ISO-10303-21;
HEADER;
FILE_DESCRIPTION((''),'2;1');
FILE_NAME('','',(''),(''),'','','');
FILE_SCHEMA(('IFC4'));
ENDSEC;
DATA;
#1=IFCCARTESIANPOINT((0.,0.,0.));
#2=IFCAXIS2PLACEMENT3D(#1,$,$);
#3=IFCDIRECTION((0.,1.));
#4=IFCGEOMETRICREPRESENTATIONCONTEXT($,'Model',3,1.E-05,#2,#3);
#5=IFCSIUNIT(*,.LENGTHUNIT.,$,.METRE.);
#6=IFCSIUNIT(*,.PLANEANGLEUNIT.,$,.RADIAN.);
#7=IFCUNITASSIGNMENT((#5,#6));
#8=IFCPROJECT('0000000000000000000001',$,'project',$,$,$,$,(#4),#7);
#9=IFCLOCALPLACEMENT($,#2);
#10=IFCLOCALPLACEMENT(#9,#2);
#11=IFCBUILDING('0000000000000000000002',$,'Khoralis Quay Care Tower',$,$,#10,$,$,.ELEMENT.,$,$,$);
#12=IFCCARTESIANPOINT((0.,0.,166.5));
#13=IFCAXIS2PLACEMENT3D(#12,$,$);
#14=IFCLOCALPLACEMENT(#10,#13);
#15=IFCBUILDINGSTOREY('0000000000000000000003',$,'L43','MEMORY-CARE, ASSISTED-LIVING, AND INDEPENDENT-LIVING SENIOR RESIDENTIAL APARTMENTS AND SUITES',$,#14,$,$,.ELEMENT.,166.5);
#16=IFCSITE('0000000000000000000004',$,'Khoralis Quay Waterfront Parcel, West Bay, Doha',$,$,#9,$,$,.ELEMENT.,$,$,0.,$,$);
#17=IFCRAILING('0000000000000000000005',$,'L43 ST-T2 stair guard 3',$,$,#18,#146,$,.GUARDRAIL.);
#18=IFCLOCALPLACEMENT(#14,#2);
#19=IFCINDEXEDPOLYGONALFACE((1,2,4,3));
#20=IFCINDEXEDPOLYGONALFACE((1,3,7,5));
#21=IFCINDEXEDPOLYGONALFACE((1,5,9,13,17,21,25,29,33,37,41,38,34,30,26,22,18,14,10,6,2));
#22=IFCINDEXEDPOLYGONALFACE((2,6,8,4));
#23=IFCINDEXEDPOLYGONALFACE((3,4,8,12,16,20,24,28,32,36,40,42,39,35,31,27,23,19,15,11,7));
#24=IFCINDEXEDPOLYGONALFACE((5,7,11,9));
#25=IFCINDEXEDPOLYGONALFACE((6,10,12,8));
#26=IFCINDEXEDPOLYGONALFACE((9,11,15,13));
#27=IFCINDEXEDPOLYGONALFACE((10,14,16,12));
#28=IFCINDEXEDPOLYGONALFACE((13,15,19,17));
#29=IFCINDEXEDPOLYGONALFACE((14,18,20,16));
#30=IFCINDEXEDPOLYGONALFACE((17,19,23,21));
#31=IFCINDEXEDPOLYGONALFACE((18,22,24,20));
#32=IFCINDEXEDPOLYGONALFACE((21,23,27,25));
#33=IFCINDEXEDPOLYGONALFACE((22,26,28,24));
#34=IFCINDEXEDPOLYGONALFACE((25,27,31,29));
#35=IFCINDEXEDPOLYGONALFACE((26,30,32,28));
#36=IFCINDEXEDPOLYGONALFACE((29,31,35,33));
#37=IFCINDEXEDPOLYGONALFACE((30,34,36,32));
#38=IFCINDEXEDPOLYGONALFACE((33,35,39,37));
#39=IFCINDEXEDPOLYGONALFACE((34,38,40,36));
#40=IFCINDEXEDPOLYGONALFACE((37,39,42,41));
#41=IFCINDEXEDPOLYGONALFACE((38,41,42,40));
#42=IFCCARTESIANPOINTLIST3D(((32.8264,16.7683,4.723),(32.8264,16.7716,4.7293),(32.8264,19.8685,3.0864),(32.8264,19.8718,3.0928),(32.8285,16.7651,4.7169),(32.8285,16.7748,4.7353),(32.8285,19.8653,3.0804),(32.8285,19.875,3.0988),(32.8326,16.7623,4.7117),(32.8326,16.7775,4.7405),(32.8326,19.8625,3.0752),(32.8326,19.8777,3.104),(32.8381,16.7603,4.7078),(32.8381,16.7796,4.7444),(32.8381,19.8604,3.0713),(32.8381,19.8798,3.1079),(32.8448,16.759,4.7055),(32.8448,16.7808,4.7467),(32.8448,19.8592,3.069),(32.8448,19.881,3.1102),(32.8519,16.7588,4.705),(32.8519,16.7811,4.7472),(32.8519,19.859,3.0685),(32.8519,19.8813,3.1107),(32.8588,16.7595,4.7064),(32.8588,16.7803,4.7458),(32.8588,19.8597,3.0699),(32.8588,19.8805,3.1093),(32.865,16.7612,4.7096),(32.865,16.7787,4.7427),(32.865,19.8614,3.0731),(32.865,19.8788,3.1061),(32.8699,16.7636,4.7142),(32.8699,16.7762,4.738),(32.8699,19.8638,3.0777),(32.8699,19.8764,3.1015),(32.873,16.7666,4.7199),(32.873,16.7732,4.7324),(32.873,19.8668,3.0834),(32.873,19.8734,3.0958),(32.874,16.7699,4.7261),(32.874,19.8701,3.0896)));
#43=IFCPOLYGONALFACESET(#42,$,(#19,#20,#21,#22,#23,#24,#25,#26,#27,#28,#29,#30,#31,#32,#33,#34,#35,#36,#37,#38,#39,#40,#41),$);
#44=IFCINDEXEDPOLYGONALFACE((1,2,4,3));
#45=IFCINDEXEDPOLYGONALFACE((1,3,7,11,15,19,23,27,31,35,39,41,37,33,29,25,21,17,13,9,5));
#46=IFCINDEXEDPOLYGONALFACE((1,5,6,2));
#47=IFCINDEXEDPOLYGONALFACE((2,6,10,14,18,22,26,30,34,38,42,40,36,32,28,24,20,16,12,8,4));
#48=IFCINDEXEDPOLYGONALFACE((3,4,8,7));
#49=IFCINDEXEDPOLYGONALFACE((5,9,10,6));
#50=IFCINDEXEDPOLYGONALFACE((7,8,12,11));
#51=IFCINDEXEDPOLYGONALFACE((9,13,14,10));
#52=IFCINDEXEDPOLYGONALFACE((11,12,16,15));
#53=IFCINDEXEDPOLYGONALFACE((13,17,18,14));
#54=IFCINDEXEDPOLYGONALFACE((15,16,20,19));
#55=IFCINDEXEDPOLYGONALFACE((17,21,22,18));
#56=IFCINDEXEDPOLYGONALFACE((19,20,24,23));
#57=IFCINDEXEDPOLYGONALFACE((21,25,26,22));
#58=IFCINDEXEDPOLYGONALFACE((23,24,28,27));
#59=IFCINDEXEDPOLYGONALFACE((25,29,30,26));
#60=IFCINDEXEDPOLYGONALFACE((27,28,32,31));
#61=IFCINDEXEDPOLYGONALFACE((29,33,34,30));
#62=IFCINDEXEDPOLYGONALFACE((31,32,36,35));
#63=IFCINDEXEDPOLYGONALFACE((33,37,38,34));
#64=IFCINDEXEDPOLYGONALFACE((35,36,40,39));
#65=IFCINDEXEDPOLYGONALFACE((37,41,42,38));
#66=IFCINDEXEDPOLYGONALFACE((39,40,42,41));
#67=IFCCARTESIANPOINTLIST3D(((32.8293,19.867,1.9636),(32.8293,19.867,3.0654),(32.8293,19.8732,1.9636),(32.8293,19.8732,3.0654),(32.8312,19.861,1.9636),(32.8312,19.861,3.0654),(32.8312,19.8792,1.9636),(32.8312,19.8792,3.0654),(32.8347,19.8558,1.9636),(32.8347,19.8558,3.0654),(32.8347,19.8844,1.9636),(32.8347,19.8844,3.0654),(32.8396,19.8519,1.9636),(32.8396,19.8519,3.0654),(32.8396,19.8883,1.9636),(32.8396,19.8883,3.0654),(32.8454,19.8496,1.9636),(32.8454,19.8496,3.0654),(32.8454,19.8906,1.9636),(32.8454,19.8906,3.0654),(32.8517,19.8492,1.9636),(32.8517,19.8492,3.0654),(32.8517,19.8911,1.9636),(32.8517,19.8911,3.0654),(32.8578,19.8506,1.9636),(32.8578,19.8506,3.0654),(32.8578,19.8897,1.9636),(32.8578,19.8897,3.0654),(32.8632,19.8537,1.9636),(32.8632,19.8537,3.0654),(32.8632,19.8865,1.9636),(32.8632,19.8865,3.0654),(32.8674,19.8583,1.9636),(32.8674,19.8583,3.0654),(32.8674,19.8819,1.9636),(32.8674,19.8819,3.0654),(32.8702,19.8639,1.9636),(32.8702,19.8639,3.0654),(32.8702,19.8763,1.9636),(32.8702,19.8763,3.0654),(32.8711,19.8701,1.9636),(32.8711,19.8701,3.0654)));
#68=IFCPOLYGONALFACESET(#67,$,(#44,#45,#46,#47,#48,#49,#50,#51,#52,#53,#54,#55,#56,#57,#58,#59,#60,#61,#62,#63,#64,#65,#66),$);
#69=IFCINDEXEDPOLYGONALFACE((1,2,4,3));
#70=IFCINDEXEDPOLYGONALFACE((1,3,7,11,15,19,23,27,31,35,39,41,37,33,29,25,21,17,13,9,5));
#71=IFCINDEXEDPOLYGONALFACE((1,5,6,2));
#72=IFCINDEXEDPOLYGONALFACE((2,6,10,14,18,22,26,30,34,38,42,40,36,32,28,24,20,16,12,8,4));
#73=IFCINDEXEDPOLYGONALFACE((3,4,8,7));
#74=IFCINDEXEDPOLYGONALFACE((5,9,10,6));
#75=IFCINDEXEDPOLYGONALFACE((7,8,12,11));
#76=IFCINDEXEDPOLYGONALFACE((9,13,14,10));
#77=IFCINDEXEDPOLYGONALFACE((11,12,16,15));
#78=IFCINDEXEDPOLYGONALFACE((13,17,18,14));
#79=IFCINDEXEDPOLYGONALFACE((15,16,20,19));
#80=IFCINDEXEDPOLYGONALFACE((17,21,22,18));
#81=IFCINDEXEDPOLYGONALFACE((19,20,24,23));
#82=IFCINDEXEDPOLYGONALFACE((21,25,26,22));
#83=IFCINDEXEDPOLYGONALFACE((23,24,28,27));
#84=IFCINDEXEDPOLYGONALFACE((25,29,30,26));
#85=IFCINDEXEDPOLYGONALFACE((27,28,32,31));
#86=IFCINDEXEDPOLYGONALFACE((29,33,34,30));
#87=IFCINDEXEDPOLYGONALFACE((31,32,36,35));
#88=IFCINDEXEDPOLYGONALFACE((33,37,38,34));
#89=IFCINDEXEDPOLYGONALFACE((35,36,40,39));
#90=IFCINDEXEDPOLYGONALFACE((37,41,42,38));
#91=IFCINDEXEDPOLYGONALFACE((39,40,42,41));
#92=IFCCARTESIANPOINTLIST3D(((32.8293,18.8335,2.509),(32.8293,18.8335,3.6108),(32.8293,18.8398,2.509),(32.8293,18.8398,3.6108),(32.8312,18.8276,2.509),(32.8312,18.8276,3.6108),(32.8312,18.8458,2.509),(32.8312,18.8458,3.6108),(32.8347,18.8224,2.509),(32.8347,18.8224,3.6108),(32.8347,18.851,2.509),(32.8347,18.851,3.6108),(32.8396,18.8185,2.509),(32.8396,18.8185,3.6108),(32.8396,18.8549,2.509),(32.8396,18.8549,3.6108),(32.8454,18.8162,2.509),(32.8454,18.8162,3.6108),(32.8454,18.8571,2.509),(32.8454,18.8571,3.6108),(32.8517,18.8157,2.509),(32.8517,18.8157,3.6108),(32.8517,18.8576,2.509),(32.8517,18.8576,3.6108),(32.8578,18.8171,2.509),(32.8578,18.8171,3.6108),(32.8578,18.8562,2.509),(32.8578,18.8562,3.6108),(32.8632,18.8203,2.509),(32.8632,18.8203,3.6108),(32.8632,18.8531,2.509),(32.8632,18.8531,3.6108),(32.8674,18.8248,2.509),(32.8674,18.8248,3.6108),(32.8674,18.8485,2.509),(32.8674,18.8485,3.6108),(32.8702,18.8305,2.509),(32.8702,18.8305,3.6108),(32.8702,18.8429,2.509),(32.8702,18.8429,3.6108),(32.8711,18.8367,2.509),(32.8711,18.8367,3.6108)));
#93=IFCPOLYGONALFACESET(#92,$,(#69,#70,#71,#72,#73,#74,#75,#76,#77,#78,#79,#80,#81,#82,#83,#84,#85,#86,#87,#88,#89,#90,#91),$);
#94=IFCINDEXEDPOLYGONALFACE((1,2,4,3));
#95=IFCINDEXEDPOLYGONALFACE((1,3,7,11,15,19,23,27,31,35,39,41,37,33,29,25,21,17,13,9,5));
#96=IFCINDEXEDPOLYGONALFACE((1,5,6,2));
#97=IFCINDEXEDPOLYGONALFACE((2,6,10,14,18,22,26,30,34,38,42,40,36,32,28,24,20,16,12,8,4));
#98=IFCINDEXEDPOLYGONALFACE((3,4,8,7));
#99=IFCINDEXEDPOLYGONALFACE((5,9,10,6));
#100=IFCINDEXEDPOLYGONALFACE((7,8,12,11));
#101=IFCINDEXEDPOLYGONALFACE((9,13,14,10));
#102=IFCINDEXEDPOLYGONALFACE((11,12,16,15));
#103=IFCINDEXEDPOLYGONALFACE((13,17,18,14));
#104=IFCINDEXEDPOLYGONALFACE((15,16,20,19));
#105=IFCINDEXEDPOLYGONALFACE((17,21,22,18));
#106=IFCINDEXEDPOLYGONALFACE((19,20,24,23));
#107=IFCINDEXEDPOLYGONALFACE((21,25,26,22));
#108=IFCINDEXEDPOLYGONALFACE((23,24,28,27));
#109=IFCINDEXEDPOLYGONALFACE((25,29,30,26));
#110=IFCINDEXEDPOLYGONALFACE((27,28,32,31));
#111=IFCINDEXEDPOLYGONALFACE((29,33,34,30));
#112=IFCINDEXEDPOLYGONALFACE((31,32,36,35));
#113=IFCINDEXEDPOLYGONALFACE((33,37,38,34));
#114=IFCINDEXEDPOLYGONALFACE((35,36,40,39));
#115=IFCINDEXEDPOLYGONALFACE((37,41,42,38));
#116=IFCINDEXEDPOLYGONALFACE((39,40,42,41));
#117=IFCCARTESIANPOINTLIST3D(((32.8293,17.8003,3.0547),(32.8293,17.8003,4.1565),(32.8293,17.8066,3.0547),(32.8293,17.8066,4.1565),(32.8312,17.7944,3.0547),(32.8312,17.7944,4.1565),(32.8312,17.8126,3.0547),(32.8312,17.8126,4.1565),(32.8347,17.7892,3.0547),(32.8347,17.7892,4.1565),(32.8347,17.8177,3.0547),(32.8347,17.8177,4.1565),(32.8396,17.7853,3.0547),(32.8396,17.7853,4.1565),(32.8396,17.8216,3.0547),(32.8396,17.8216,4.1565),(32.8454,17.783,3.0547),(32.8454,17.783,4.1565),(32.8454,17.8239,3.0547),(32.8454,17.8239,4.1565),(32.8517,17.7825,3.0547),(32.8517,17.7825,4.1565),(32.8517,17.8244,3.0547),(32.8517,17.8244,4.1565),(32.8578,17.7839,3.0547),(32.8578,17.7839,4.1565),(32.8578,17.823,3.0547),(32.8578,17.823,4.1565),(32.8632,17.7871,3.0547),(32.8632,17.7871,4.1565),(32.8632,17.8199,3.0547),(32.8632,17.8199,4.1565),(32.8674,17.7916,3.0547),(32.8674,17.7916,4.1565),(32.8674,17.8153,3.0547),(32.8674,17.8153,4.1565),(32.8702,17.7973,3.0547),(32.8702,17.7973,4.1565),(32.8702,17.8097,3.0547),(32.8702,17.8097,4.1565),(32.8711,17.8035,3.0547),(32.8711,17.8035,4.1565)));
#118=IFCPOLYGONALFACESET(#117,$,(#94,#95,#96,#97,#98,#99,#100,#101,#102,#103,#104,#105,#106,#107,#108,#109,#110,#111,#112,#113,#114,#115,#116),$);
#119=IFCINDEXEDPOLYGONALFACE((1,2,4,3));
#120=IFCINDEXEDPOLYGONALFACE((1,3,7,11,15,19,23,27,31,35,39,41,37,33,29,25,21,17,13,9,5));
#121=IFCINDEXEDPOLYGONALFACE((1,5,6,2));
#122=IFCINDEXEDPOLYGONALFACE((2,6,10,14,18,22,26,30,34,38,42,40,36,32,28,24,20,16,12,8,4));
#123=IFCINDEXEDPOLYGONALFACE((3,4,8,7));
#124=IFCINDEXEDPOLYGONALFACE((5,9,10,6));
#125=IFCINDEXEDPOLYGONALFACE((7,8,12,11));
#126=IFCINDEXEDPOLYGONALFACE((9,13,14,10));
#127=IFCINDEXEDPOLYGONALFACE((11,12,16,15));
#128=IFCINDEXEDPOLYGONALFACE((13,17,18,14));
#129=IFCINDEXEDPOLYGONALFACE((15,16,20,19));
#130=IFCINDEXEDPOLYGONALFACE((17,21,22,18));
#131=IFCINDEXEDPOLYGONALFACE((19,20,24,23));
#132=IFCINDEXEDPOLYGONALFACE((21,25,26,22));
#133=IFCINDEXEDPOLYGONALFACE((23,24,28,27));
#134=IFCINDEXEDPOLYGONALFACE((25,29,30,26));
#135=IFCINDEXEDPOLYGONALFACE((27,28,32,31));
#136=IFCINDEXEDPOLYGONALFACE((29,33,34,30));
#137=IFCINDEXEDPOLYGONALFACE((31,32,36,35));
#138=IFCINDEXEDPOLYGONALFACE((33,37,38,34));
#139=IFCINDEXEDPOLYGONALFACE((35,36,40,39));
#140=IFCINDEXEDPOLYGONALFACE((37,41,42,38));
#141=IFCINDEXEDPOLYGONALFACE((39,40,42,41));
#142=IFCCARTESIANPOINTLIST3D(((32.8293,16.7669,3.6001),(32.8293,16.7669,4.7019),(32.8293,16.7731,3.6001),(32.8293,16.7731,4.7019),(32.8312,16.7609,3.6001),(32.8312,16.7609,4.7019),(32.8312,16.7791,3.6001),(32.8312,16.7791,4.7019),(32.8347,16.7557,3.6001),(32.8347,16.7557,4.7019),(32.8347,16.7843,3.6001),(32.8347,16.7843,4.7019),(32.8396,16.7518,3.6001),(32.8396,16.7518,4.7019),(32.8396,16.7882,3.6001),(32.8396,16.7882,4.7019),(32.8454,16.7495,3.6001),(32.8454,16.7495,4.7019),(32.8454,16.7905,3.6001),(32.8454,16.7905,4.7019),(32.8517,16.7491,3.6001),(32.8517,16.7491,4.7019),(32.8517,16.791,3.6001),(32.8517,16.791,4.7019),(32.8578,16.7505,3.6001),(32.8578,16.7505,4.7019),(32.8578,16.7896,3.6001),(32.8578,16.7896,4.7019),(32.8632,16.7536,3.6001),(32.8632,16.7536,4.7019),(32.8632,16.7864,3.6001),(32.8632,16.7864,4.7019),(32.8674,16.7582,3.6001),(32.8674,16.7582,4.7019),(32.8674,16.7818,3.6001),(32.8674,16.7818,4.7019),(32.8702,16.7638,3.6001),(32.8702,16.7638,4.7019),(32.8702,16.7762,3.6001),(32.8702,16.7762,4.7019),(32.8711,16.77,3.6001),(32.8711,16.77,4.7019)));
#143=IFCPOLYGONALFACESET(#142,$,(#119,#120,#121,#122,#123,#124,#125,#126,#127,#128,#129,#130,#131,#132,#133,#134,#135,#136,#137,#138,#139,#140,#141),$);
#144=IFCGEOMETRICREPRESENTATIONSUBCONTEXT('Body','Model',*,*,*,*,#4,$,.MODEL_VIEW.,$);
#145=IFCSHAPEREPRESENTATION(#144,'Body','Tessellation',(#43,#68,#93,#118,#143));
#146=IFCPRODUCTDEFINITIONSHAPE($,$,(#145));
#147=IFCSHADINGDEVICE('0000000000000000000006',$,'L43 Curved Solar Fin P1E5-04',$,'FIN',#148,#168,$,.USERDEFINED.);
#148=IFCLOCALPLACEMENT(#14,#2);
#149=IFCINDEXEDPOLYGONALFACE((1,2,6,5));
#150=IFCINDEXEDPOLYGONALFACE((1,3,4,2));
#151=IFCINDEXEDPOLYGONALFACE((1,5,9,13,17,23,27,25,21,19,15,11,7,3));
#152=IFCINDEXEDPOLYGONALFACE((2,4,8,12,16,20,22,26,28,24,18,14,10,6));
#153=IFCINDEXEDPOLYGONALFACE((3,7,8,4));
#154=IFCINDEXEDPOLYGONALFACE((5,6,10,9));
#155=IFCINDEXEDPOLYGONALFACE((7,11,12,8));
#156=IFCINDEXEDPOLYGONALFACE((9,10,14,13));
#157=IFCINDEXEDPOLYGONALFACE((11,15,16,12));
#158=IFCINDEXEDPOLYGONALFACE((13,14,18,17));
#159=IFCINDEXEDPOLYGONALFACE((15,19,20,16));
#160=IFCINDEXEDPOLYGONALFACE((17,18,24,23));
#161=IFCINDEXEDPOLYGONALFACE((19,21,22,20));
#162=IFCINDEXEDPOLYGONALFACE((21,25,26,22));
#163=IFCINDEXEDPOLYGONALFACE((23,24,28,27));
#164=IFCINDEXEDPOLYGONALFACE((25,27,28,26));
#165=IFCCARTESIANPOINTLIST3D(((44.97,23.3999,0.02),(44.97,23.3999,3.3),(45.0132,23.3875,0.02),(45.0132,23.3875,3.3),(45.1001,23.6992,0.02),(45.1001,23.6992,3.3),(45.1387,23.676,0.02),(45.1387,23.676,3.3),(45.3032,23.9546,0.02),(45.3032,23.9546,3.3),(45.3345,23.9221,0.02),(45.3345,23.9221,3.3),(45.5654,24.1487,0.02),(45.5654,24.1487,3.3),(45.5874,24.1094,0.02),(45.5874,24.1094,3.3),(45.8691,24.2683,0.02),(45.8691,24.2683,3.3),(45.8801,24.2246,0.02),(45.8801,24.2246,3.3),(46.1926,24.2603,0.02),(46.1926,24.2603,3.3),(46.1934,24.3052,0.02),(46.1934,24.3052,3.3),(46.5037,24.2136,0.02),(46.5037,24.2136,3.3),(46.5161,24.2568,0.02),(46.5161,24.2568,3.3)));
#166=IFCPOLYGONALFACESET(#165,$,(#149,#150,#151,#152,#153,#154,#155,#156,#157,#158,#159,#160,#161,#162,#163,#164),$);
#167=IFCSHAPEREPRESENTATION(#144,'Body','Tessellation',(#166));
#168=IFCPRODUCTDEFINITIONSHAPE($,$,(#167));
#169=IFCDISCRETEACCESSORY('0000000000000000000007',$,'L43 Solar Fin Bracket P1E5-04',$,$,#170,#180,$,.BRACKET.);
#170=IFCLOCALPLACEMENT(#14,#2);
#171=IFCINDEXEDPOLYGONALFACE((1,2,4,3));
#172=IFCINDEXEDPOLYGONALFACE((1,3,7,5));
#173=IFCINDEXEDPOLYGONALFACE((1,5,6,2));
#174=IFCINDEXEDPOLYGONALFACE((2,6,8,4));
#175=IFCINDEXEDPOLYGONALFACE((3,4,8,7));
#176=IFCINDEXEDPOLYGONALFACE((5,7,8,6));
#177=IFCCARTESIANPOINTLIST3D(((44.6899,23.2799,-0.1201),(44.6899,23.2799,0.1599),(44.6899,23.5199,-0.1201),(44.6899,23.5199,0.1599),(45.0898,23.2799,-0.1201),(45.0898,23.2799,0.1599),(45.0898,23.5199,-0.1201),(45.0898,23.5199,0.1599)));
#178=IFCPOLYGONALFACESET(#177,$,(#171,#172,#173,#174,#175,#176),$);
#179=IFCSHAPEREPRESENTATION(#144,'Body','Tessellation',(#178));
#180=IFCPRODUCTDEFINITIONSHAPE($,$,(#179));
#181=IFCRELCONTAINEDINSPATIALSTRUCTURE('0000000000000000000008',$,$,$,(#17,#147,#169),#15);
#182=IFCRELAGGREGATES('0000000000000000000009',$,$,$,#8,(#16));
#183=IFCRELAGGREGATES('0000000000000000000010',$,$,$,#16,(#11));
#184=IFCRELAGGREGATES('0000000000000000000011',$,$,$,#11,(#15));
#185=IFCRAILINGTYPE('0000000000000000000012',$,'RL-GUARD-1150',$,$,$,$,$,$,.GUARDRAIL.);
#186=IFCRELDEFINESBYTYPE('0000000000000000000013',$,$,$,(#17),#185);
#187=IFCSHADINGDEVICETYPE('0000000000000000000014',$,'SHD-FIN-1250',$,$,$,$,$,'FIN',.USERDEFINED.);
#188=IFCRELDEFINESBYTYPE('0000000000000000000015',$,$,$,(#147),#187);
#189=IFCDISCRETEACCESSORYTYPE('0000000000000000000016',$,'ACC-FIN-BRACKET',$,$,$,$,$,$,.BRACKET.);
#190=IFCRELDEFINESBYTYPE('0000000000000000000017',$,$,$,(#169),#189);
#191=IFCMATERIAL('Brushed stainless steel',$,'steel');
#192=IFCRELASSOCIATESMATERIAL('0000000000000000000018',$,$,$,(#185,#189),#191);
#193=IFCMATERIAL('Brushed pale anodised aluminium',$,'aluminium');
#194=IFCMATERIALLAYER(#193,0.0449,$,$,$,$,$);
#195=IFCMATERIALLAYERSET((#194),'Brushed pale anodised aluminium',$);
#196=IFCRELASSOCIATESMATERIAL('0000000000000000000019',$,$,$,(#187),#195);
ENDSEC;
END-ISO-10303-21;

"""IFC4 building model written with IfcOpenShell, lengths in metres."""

from ifc_helpers import new_model, si_unit, direction, frame, origin, origin_2d, place, context, subcontext, project, spatial, polyline, rectangle, circle, outline, extrude, source, transform, mapped, material, layer, layer_set, type_object, element, save


model = new_model("IFC4")

# Units and contexts
model_context = context("Model", 3, precision=1e-05, world=origin(), true_north=direction((0.0, 1.0)))
body_context = subcontext(model_context, "Body", "Model", "MODEL_VIEW")
ifc_project = project(units=[si_unit("LENGTHUNIT", "METRE"), si_unit("PLANEANGLEUNIT", "RADIAN")], contexts=[model_context])

# Site, building, storey
site_placement = place(None, origin())
site = spatial("IfcSite", under=ifc_project, at=site_placement, Name="Khoralis Quay Waterfront Parcel, West Bay, Doha", CompositionType="ELEMENT", RefElevation=0.0)
building_placement = place(site_placement, origin())
building = spatial("IfcBuilding", under=site, at=building_placement, Name="Khoralis Quay Care Tower", CompositionType="ELEMENT")
storey_placement = place(building_placement, frame((0.0, 0.0, 166.5)))
storey = spatial("IfcBuildingStorey", under=building, at=storey_placement, Name="L43", Description="MEMORY-CARE, ASSISTED-LIVING, AND INDEPENDENT-LIVING SENIOR RESIDENTIAL APARTMENTS AND SUITES", CompositionType="ELEMENT", Elevation=166.5)

# Railing
ifc_material_1 = material(Name="Brushed stainless steel", Category="steel")
railing_type = type_object("IfcRailingType", Name="RL-GUARD-1150", PredefinedType="GUARDRAIL", material=ifc_material_1)
railing_1_placement = place(storey_placement, frame((32.8501, 19.8701, 1.9636)))
element("IfcRailing", 1, at=railing_1_placement, inside=storey, type_object=railing_type, Name="L43 ST-T2 stair guard 3", PredefinedType="GUARDRAIL", context=body_context, shape_type="SweptSolid", body=[
    extrude(circle(Radius=0.0239, at=origin_2d()), frame((0.0, 0.0, 1.126), z_axis=(0.0, -0.884348, 0.466828), x_axis=(1.0, 0.0, 0.0)), (0.0, 0.0, 1.0), 3.5056),
    extrude(circle(Radius=0.021, at=origin_2d()), origin(), (0.0, 0.0, 1.0), 1.1018),
    extrude(circle(Radius=0.021, at=origin_2d()), frame((0.0, -1.0334, 0.5454)), (0.0, 0.0, 1.0), 1.1018),
    extrude(circle(Radius=0.021, at=origin_2d()), frame((0.0, -2.0667, 1.0911)), (0.0, 0.0, 1.0), 1.1018),
    extrude(circle(Radius=0.021, at=origin_2d()), frame((0.0, -3.1001, 1.6365)), (0.0, 0.0, 1.0), 1.1018),
])

# Shading device
ifc_material_2 = material(Name="Brushed pale anodised aluminium", Category="aluminium")
ifc_layer_1 = layer(ifc_material_2, 0.0449)
ifc_layer_set_1 = layer_set([ifc_layer_1], Name="Brushed pale anodised aluminium")
shading_device_type = type_object("IfcShadingDeviceType", Name="SHD-FIN-1250", ElementType="FIN", PredefinedType="USERDEFINED", material=ifc_layer_set_1)
shared_shape_1 = source(origin(), body_context, "Body", "SweptSolid", [
    extrude(outline(polyline([(0.0, 0.0), (0.1301, 0.2993), (0.3333, 0.5547), (0.5955, 0.7488), (0.8992, 0.8684), (1.2234, 0.9053), (1.5461, 0.8569), (1.5337, 0.8137), (1.2227, 0.8604), (0.9102, 0.8247), (0.6174, 0.7095), (0.3645, 0.5222), (0.1687, 0.2761), (0.0432, -0.0125), (0.0, 0.0)])), origin(), (0.0, 0.0, 1.0), 3.28),
])
shading_device_placement = place(storey_placement, frame((44.97, 23.3999, 0.02), z_axis=(0.0, 0.0, 1.0), x_axis=(1.0, 0.0, 0.0)))
element("IfcShadingDevice", 2, at=shading_device_placement, inside=storey, type_object=shading_device_type, Name="L43 Curved Solar Fin P1E5-04", ObjectType="FIN", PredefinedType="USERDEFINED", context=body_context, shape_type="MappedRepresentation", body=[
    mapped(shared_shape_1, transform((0.0, 0.0, 0.0), scale=1.0)),
])

# Discrete accessory
discrete_accessory_type = type_object("IfcDiscreteAccessoryType", Name="ACC-FIN-BRACKET", PredefinedType="BRACKET", material=ifc_material_1)
shared_shape_2 = source(origin(), body_context, "Body", "SweptSolid", [
    extrude(rectangle(XDim=0.3999, YDim=0.24, at=origin_2d()), origin(), (0.0, 0.0, 1.0), 0.28),
])
discrete_accessory_placement = place(storey_placement, frame((44.8899, 23.3999, -0.1201), z_axis=(0.0, 0.0, 1.0), x_axis=(1.0, 0.0, 0.0)))
element("IfcDiscreteAccessory", 3, at=discrete_accessory_placement, inside=storey, type_object=discrete_accessory_type, Name="L43 Solar Fin Bracket P1E5-04", PredefinedType="BRACKET", context=body_context, shape_type="MappedRepresentation", body=[
    mapped(shared_shape_2, transform((0.0, 0.0, 0.0), scale=1.0)),
])

save(model, "model.ifc")
